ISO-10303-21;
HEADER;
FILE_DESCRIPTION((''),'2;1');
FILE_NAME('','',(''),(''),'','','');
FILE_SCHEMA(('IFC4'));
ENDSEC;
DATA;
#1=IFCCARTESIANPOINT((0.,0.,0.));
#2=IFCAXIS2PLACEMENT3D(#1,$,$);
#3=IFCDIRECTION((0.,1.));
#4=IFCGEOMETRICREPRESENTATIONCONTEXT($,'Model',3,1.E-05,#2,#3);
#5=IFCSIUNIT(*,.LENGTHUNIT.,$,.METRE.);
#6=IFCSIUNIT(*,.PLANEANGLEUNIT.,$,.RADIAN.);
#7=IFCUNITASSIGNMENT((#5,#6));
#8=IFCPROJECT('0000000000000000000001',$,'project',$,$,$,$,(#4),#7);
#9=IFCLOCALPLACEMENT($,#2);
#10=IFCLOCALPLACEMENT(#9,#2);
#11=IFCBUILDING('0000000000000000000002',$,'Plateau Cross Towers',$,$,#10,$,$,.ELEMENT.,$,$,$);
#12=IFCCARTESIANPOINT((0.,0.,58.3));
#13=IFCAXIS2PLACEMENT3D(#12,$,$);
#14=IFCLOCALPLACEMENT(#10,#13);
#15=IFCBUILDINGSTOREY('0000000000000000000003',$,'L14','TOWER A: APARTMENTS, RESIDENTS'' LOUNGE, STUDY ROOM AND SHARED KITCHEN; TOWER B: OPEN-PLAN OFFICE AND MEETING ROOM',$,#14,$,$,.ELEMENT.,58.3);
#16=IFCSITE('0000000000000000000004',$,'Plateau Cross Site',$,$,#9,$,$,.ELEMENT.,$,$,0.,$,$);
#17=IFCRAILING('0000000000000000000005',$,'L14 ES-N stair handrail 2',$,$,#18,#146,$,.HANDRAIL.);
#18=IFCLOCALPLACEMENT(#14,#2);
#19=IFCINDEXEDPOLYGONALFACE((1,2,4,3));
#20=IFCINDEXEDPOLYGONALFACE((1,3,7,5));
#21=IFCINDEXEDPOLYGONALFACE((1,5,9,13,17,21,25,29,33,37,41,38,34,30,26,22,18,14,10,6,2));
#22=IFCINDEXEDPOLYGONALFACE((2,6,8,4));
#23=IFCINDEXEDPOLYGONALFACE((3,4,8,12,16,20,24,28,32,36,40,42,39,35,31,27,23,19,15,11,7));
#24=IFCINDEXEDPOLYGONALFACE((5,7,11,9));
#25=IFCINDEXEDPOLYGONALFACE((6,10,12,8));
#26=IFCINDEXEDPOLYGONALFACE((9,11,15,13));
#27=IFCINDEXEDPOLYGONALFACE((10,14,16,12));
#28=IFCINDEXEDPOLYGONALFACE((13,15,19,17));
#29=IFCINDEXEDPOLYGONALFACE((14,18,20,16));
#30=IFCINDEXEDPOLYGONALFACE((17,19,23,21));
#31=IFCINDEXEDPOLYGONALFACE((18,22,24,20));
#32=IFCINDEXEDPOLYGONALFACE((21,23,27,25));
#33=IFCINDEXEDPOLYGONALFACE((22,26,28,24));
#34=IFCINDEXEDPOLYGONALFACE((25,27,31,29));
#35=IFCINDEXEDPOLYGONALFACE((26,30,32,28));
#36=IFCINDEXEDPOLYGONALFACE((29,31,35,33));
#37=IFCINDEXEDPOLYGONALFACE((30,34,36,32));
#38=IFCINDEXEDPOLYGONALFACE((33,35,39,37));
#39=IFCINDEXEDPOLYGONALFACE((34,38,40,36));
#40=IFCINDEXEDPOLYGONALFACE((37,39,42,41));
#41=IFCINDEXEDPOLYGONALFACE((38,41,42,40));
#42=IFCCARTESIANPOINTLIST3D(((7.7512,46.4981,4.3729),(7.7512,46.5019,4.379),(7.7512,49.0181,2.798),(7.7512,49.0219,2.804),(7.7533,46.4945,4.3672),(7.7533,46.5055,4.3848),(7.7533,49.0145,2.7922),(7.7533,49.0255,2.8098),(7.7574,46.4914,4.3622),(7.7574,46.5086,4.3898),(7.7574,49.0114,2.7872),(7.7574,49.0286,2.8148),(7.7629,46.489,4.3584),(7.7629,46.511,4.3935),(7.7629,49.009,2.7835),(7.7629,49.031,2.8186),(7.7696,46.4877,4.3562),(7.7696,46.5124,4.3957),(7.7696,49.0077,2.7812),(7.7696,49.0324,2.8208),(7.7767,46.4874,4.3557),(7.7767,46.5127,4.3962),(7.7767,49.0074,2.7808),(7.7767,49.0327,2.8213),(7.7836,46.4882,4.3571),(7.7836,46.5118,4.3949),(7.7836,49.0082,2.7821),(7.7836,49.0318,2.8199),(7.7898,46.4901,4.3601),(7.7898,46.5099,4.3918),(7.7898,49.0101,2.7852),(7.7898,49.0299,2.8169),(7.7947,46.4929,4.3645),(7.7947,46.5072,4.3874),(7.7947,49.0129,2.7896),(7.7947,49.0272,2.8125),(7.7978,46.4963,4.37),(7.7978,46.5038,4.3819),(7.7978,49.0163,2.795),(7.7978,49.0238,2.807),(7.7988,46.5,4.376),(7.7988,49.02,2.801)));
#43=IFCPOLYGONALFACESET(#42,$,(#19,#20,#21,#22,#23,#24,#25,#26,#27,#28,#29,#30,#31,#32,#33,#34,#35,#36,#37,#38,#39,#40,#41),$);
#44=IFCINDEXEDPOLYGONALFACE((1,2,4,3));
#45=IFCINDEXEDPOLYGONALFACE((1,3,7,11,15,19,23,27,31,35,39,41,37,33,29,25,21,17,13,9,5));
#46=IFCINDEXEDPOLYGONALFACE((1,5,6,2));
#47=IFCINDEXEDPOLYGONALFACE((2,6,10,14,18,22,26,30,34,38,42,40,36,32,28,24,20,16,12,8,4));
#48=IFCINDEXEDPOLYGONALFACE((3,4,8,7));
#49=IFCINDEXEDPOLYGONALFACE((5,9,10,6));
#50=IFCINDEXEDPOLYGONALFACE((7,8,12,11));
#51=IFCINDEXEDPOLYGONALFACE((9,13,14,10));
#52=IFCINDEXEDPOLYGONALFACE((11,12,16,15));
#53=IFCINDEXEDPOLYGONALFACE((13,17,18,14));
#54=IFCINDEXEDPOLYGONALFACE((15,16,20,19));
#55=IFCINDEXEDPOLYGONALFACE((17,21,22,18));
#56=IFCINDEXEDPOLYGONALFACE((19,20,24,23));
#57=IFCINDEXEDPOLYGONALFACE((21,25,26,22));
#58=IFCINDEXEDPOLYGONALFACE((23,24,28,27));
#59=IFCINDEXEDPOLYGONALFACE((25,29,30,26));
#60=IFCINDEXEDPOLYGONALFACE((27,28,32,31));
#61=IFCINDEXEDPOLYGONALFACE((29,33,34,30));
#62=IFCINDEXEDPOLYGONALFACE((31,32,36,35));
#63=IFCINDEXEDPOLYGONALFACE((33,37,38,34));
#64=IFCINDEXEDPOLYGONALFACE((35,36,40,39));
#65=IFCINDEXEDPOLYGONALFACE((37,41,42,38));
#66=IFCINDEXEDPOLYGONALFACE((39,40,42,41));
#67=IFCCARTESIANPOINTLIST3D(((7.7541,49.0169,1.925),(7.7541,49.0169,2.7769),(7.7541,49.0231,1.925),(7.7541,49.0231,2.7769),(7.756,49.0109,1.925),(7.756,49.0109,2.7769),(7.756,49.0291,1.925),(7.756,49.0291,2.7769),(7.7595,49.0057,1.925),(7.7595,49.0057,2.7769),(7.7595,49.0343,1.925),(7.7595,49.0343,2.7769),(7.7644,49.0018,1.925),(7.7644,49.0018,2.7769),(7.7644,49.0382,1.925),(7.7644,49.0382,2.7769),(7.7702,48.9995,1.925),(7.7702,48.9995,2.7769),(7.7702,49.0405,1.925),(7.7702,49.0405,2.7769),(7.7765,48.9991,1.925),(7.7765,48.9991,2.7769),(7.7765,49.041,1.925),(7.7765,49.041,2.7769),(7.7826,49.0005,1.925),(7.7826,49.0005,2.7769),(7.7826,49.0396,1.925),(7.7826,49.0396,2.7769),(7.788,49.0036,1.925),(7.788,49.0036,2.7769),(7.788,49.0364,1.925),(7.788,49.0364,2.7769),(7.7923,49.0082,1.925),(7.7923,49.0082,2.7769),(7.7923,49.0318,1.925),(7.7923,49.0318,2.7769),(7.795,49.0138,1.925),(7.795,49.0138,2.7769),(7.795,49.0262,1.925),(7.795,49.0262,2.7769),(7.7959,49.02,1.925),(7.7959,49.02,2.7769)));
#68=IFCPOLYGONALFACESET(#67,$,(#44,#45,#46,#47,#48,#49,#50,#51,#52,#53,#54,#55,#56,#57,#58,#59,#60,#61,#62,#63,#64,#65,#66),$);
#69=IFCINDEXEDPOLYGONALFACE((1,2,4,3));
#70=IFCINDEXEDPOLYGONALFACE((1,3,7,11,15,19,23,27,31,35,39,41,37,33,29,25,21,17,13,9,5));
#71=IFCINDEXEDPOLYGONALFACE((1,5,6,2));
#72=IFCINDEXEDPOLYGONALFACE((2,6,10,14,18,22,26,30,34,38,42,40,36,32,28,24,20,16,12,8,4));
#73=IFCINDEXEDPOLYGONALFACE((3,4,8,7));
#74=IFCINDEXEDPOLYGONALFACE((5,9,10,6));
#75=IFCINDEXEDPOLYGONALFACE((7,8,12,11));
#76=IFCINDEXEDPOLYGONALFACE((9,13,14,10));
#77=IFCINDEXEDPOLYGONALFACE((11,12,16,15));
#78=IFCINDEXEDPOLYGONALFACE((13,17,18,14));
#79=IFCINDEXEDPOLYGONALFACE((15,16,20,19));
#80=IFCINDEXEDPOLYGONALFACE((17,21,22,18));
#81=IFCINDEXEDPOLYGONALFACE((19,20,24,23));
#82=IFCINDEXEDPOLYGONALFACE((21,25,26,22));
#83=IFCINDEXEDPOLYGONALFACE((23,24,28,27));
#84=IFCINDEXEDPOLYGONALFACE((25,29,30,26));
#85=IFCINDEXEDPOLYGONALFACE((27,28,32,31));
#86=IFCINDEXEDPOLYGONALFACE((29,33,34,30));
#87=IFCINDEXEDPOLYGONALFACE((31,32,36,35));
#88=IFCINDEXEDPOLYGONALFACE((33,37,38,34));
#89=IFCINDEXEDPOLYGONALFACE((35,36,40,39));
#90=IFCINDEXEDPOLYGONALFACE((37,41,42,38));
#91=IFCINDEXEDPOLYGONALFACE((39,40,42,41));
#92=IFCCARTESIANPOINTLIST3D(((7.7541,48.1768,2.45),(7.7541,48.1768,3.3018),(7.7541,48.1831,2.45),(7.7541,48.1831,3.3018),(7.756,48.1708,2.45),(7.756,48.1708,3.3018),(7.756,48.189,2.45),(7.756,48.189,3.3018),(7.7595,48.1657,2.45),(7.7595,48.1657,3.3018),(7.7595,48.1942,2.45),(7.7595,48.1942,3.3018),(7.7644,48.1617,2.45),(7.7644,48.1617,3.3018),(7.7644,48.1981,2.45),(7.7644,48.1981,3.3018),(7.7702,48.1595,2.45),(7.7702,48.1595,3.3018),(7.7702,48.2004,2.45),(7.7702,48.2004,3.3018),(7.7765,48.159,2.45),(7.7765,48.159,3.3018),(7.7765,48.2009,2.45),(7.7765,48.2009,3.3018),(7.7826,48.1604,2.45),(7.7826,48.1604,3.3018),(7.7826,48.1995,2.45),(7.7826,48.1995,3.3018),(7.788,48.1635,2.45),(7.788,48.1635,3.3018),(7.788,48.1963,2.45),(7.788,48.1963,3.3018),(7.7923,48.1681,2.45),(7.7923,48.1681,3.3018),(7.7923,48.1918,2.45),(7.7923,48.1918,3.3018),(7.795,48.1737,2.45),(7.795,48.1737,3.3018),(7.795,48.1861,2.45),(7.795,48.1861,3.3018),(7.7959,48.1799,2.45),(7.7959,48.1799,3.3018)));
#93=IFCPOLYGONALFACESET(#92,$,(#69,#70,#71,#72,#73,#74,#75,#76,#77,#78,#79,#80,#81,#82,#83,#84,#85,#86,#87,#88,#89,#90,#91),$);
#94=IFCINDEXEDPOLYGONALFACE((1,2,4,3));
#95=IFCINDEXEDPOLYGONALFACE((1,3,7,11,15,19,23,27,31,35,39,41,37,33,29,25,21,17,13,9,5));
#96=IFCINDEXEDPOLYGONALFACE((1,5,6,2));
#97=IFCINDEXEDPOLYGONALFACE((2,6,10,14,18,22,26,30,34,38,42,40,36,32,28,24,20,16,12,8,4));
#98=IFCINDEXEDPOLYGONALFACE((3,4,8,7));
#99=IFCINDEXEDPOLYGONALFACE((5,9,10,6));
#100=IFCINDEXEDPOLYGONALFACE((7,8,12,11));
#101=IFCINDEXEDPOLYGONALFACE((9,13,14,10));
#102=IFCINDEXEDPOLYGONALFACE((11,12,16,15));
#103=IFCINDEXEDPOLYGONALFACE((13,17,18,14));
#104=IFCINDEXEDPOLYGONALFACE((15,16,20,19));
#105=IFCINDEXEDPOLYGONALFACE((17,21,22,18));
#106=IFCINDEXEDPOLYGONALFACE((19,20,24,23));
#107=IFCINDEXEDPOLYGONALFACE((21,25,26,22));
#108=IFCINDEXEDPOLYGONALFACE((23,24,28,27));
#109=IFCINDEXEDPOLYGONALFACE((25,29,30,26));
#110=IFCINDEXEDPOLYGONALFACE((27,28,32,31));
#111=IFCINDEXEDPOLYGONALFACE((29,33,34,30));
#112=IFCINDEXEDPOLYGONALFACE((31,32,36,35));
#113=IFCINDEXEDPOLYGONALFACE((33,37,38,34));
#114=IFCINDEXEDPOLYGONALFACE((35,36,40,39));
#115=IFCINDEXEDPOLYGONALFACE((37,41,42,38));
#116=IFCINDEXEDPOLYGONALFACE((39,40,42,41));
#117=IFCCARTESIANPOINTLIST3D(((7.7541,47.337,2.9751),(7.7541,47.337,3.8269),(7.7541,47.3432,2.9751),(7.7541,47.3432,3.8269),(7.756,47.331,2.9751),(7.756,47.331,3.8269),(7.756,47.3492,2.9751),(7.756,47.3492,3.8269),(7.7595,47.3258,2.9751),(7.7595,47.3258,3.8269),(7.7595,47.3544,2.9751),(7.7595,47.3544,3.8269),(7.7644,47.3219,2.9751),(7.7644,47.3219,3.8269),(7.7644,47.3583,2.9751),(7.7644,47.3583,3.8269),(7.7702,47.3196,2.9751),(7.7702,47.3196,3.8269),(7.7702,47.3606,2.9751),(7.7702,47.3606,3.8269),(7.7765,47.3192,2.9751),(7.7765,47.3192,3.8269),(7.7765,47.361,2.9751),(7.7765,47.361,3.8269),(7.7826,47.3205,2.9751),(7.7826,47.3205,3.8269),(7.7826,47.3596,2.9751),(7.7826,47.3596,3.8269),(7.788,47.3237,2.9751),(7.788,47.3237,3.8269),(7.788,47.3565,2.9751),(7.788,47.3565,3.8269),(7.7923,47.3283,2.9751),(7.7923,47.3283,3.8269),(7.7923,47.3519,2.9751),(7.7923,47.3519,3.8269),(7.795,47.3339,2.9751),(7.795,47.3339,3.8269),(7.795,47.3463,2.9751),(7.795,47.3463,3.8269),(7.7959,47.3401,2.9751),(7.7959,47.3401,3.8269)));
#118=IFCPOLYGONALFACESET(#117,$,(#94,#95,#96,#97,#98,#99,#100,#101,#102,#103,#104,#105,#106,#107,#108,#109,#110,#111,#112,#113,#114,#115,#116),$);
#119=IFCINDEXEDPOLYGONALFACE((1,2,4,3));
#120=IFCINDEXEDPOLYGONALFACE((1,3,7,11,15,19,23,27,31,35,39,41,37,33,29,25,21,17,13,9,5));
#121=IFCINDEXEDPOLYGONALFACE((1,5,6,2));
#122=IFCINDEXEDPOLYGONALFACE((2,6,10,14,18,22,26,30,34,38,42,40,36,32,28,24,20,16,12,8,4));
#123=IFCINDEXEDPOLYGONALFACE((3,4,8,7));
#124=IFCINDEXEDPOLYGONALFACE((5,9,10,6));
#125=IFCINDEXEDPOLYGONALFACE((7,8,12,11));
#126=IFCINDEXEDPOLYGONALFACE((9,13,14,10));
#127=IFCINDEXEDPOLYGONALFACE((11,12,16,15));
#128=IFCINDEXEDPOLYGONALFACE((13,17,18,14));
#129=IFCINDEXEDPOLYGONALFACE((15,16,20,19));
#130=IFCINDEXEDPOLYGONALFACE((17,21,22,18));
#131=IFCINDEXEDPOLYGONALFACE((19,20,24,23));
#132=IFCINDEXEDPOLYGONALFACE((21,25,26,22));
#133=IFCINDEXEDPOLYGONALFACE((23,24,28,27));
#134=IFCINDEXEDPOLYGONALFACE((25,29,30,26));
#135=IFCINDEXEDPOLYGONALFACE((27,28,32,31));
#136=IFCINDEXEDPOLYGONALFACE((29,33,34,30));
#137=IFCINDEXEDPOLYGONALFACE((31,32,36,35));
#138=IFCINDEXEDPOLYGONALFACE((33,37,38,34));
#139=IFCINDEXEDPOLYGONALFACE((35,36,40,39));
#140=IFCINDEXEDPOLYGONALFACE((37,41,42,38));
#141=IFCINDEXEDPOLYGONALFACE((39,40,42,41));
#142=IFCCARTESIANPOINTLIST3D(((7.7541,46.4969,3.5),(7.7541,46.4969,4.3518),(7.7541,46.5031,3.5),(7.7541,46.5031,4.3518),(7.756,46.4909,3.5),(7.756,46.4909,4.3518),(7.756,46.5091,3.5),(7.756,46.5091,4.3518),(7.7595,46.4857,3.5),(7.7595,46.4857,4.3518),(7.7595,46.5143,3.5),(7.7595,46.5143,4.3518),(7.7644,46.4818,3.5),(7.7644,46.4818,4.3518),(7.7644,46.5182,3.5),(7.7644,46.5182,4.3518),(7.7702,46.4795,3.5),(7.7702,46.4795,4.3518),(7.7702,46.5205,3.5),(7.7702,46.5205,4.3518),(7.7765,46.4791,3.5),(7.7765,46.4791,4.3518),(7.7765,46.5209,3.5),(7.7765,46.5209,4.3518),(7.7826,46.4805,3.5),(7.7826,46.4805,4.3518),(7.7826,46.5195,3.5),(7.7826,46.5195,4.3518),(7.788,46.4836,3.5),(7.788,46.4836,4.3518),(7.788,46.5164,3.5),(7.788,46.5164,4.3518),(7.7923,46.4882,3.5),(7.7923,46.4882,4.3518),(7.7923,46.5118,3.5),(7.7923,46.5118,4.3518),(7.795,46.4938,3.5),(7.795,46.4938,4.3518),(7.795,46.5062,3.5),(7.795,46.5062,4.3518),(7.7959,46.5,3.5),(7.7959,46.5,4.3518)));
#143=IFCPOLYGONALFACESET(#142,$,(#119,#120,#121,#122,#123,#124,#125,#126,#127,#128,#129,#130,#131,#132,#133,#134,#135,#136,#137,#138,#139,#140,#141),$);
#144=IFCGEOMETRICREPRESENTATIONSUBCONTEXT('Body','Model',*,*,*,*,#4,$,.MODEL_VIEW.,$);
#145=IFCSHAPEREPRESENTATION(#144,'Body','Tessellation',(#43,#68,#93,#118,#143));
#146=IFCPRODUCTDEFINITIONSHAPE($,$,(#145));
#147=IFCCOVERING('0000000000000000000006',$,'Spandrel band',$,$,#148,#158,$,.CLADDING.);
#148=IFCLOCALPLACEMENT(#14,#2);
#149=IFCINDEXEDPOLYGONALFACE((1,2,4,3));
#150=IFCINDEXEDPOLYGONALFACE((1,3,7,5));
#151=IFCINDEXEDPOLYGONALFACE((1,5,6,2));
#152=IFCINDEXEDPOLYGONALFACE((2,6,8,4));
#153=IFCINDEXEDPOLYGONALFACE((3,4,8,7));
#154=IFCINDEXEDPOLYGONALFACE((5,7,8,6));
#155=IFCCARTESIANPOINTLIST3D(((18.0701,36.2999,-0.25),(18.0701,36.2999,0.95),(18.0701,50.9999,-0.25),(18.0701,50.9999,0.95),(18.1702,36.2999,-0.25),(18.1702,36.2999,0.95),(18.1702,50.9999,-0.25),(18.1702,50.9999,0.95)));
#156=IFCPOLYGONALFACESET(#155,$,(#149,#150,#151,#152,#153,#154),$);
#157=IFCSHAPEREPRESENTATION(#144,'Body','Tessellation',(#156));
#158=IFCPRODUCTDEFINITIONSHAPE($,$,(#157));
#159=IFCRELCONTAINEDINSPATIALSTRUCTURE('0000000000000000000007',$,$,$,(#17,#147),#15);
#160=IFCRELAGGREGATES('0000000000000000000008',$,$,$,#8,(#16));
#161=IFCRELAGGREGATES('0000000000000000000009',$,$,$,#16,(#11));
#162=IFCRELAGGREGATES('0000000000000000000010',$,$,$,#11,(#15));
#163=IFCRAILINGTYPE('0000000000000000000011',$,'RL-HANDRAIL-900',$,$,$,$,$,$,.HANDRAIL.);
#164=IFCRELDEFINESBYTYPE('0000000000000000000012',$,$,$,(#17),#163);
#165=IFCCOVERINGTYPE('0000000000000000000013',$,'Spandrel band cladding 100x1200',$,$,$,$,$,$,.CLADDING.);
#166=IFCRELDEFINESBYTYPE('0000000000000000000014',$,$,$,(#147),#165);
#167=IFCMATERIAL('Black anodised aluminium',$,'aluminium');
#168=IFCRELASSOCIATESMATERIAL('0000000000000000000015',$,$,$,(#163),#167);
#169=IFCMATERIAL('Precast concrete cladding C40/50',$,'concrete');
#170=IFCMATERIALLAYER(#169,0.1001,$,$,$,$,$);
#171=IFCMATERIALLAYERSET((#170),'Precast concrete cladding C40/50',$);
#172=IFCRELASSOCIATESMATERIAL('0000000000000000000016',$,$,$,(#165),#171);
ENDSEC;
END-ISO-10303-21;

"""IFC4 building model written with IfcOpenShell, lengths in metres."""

from ifc_helpers import new_model, si_unit, direction, frame, origin, origin_2d, place, context, subcontext, project, spatial, rectangle, circle, extrude, material, layer, layer_set, type_object, element, save


model = new_model("IFC4")

# Units and contexts
model_context = context("Model", 3, precision=1e-05, world=origin(), true_north=direction((0.0, 1.0)))
body_context = subcontext(model_context, "Body", "Model", "MODEL_VIEW")
ifc_project = project(units=[si_unit("LENGTHUNIT", "METRE"), si_unit("PLANEANGLEUNIT", "RADIAN")], contexts=[model_context])

# Site, building, storey
site_placement = place(None, origin())
site = spatial("IfcSite", under=ifc_project, at=site_placement, Name="Plateau Cross Site", CompositionType="ELEMENT", RefElevation=0.0)
building_placement = place(site_placement, origin())
building = spatial("IfcBuilding", under=site, at=building_placement, Name="Plateau Cross Towers", CompositionType="ELEMENT")
storey_placement = place(building_placement, frame((0.0, 0.0, 58.3)))
storey = spatial("IfcBuildingStorey", under=building, at=storey_placement, Name="L14", Description="TOWER A: APARTMENTS, RESIDENTS' LOUNGE, STUDY ROOM AND SHARED KITCHEN; TOWER B: OPEN-PLAN OFFICE AND MEETING ROOM", CompositionType="ELEMENT", Elevation=58.3)

# Shared definitions
ifc_material_1 = material(Name="Black anodised aluminium", Category="aluminium")

# Railing
railing_type_1 = type_object("IfcRailingType", Name="RL-HANDRAIL-900", PredefinedType="HANDRAIL", material=ifc_material_1)
railing_1_placement = place(storey_placement, frame((7.7749, 49.02, 1.925)))
element("IfcRailing", 1, at=railing_1_placement, inside=storey, type_object=railing_type_1, Name="L14 ES-N stair handrail 2", PredefinedType="HANDRAIL", context=body_context, shape_type="SweptSolid", body=[
    extrude(circle(Radius=0.0239, at=origin_2d()), frame((0.0, 0.0, 0.876), z_axis=(0.0, -0.848008, 0.529984), x_axis=(1.0, 0.0, 0.0)), (0.0, 0.0, 1.0), 2.9717),
    extrude(circle(Radius=0.021, at=origin_2d()), origin(), (0.0, 0.0, 1.0), 0.8518),
    extrude(circle(Radius=0.021, at=origin_2d()), frame((0.0, -0.8401, 0.5249)), (0.0, 0.0, 1.0), 0.8518),
    extrude(circle(Radius=0.021, at=origin_2d()), frame((0.0, -1.6799, 1.05)), (0.0, 0.0, 1.0), 0.8518),
    extrude(circle(Radius=0.021, at=origin_2d()), frame((0.0, -2.52, 1.575)), (0.0, 0.0, 1.0), 0.8518),
])

# Covering
ifc_material_2 = material(Name="Precast concrete cladding C40/50", Category="concrete")
ifc_layer_1 = layer(ifc_material_2, 0.1001)
ifc_layer_set_1 = layer_set([ifc_layer_1], Name="Precast concrete cladding C40/50")
covering_type = type_object("IfcCoveringType", Name="Spandrel band cladding 100x1200", PredefinedType="CLADDING", material=ifc_layer_set_1)
covering_placement = place(storey_placement, frame((18.1201, 43.6499, -0.25), z_axis=(0.0, 0.0, 1.0), x_axis=(0.0, 1.0, 0.0)))
element("IfcCovering", 2, at=covering_placement, inside=storey, type_object=covering_type, Name="Spandrel band", PredefinedType="CLADDING", context=body_context, shape_type="SweptSolid", body=[
    extrude(rectangle(XDim=14.7, YDim=0.1001, at=origin_2d()), origin(), (0.0, 0.0, 1.0), 1.2),
])

save(model, "model.ifc")
